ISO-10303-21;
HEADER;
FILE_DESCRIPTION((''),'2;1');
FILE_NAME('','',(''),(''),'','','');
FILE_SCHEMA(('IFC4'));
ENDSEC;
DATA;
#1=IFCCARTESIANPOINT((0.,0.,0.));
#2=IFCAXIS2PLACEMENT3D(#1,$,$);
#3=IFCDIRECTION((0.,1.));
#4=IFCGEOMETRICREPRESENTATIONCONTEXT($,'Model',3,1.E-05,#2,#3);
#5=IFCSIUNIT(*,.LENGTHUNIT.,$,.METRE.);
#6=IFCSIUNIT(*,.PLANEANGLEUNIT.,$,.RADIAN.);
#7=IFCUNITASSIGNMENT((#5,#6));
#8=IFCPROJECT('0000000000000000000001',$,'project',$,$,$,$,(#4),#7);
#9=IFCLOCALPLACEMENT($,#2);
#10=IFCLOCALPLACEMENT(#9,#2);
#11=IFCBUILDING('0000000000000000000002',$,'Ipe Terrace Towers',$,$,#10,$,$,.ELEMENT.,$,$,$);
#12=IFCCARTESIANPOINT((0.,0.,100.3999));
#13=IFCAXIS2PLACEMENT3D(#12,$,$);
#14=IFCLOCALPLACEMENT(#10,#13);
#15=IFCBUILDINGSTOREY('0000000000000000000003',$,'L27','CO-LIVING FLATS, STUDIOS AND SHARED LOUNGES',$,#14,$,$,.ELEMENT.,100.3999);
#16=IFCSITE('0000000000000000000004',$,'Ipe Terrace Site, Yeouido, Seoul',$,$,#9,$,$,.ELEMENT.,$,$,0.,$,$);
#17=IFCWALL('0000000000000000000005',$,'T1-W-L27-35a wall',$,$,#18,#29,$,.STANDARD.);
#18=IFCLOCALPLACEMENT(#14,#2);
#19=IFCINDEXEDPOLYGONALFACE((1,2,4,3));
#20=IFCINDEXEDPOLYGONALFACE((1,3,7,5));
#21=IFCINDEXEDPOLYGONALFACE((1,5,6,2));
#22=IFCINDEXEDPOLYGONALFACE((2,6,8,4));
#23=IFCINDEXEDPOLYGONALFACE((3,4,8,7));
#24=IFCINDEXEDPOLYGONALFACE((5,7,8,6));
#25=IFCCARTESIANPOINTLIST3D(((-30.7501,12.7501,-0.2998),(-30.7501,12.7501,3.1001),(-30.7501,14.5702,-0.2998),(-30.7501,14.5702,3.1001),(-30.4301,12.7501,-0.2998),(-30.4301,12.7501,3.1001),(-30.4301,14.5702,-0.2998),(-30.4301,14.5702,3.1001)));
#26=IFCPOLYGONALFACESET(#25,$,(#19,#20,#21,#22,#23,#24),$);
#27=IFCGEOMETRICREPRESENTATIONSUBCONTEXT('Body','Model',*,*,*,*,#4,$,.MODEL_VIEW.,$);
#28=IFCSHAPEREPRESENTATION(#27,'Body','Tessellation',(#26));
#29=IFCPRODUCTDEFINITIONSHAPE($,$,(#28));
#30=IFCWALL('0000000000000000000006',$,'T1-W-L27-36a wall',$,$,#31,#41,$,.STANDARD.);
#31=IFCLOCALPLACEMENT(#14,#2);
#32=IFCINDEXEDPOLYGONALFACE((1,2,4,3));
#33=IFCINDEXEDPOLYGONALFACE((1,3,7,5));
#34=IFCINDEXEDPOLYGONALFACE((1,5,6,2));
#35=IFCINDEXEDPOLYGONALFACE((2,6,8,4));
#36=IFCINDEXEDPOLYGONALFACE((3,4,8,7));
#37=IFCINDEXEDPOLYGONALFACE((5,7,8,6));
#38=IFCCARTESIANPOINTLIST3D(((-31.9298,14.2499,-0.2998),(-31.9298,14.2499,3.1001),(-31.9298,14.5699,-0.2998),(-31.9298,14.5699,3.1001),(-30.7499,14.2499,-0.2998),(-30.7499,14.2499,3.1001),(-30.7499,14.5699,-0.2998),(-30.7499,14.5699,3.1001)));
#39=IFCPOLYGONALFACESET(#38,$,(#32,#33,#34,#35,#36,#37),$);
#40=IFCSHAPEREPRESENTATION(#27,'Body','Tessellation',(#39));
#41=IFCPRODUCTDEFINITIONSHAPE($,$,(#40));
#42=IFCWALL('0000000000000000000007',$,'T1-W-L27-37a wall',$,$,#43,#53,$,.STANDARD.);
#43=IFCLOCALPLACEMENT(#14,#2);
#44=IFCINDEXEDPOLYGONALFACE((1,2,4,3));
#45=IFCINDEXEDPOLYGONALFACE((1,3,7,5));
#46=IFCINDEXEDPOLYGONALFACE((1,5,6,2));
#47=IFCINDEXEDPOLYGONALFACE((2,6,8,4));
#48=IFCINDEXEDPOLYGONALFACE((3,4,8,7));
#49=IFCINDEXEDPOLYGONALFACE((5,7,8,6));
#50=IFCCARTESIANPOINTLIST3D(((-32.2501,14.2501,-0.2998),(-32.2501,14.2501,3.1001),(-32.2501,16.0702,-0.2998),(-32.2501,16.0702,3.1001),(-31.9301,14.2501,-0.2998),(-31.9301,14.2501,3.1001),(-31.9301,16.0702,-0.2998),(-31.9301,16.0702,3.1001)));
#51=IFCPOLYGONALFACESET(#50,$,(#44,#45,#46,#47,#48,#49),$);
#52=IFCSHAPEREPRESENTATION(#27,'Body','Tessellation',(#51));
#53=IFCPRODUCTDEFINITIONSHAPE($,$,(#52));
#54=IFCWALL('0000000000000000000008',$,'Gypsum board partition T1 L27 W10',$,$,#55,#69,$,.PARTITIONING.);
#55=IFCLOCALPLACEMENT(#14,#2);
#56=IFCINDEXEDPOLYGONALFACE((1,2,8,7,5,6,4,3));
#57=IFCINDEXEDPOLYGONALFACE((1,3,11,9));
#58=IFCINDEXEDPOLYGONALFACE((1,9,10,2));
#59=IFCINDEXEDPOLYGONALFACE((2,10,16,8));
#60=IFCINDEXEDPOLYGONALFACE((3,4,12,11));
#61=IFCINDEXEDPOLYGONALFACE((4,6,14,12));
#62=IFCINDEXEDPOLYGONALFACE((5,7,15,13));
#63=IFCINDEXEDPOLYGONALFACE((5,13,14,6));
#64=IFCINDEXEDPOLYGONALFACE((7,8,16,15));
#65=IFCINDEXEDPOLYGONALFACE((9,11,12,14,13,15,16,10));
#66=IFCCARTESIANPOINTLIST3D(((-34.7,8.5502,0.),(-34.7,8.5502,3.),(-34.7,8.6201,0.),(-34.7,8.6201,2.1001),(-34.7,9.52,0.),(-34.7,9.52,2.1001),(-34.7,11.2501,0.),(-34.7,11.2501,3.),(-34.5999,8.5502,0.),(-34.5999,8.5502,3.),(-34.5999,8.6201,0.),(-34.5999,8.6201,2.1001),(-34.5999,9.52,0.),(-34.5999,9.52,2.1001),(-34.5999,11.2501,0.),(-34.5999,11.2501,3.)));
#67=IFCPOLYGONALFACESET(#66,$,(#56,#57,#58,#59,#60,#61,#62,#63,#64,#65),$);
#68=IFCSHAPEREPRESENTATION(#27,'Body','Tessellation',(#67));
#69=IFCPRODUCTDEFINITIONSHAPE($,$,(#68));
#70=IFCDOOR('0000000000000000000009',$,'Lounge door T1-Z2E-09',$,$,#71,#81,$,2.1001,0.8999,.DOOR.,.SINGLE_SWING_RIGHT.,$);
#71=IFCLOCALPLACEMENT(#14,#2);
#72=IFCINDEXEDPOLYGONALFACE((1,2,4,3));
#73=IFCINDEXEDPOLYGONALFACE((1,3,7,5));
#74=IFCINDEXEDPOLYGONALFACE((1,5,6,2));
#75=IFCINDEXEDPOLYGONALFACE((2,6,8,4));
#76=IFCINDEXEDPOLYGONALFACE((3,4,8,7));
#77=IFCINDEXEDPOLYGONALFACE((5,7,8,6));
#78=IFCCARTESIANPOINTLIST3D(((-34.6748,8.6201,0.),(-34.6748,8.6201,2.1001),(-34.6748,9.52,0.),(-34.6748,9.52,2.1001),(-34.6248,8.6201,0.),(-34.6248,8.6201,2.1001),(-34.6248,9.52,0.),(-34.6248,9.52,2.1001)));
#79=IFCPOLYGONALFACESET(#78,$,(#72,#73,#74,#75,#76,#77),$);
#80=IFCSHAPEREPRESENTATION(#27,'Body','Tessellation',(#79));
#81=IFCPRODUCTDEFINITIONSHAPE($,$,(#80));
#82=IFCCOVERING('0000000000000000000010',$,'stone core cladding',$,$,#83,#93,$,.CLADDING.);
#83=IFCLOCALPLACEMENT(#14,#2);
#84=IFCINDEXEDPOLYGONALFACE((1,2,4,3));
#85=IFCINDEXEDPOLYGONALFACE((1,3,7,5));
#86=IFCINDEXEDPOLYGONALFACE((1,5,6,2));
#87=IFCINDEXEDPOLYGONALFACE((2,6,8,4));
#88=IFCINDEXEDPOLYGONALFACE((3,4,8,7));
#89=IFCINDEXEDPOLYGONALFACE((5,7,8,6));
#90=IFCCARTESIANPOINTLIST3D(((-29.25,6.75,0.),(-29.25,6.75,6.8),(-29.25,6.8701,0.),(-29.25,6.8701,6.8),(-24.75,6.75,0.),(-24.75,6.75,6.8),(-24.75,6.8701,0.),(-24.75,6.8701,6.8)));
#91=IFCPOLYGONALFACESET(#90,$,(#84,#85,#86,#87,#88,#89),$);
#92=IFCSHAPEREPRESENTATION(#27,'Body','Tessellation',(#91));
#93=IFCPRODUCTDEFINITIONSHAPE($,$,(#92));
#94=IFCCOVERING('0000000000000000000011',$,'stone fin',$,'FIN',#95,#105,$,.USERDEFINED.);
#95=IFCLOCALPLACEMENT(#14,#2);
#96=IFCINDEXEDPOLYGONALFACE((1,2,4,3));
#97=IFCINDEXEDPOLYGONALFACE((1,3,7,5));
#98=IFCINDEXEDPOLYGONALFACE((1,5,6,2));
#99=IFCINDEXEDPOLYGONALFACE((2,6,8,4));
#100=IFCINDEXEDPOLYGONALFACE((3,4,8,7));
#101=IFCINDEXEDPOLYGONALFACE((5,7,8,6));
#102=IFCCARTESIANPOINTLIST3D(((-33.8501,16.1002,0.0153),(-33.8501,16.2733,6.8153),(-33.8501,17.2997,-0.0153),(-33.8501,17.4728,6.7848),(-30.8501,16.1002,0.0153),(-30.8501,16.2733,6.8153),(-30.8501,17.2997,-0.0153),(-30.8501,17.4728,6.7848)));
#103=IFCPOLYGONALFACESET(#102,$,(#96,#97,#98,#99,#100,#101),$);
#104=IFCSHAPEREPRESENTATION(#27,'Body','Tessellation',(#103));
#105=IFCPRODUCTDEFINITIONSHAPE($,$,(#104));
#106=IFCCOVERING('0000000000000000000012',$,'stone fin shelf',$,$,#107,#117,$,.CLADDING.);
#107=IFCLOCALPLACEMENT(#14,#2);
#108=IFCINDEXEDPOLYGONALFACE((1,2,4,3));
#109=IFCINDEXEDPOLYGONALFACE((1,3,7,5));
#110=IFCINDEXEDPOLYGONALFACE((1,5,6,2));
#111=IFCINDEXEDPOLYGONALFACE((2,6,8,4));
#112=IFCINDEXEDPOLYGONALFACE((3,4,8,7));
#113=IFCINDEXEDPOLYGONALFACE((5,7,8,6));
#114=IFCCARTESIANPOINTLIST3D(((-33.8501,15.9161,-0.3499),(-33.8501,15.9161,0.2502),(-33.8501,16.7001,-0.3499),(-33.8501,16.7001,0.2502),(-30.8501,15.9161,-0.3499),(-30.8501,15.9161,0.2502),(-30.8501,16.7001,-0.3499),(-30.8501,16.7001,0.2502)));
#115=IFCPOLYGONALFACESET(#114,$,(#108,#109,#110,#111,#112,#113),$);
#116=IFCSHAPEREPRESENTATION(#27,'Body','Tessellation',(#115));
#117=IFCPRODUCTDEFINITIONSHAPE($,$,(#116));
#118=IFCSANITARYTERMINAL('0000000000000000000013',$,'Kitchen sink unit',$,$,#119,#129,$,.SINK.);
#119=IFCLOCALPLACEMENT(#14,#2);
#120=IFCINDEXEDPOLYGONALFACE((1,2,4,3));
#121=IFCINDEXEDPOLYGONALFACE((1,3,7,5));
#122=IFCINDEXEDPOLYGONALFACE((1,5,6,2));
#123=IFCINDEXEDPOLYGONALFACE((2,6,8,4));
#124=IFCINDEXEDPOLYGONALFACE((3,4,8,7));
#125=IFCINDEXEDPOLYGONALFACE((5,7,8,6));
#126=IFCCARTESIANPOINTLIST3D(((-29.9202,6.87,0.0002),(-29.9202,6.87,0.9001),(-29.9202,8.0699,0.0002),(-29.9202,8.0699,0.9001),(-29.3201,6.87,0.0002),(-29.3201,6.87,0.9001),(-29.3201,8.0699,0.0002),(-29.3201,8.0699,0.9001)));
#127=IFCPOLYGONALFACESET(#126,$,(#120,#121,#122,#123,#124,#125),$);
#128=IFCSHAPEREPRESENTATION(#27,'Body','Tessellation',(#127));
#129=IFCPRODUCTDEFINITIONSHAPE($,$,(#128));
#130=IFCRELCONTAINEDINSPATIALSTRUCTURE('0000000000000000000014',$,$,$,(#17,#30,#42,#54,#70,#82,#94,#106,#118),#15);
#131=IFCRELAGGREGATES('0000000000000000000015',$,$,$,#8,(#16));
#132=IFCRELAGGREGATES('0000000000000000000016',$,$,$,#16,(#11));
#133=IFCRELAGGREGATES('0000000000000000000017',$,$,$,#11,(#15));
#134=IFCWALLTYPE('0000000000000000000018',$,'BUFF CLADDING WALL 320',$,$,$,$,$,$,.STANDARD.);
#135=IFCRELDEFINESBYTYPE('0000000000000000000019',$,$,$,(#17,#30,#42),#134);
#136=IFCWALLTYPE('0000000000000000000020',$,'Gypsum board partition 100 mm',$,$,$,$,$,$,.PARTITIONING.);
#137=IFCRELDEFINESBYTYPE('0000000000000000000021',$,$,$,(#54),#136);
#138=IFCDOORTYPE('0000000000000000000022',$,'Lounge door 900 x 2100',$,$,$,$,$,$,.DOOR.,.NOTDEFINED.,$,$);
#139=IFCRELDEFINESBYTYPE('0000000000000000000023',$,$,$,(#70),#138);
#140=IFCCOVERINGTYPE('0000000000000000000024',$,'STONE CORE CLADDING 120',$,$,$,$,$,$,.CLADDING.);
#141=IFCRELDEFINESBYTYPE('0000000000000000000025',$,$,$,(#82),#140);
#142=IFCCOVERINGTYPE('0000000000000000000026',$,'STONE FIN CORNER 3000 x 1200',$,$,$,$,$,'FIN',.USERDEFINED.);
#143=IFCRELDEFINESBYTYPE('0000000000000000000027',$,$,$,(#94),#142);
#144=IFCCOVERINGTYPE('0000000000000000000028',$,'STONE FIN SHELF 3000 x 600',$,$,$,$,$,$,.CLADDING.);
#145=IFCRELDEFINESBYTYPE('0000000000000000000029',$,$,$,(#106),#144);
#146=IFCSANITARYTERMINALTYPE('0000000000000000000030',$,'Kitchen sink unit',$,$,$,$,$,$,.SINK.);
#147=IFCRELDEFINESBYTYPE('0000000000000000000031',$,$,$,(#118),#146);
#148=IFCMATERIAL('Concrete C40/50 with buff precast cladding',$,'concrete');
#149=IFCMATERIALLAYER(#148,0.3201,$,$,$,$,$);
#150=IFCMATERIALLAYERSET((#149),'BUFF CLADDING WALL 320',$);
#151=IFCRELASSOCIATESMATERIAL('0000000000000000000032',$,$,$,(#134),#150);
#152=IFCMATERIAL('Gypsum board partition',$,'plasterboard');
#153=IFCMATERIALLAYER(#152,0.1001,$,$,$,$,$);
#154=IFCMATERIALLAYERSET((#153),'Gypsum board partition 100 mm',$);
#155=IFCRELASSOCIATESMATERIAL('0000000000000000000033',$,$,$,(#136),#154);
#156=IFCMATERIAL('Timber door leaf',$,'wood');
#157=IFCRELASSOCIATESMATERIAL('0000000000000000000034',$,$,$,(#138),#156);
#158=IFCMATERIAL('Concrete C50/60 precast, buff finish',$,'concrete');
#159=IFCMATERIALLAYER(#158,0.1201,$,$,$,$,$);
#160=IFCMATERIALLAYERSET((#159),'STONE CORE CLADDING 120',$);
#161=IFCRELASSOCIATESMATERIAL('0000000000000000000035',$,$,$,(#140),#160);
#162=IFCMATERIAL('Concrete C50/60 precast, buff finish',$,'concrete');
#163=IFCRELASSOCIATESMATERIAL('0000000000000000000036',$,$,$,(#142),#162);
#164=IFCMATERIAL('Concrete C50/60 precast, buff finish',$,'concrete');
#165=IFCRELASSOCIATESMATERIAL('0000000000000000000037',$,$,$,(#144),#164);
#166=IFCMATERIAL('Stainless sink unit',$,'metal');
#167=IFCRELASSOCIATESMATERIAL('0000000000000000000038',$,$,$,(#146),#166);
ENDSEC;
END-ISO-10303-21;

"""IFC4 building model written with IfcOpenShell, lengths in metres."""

from ifc_helpers import new_model, si_unit, direction, frame, frame_2d, origin, origin_2d, place, context, subcontext, project, spatial, rectangle, extrude, material, layer, layer_set, material_profile, profile_set, type_object, element, fill, save


model = new_model("IFC4")

# Units and contexts
model_context = context("Model", 3, precision=1e-05, world=origin(), true_north=direction((0.0, 1.0)))
body_context = subcontext(model_context, "Body", "Model", "MODEL_VIEW")
ifc_project = project(units=[si_unit("LENGTHUNIT", "METRE"), si_unit("PLANEANGLEUNIT", "RADIAN")], contexts=[model_context])

# Site, building, storey
site_placement = place(None, origin())
site = spatial("IfcSite", under=ifc_project, at=site_placement, Name="Ipe Terrace Site, Yeouido, Seoul", CompositionType="ELEMENT", RefElevation=0.0)
building_placement = place(site_placement, origin())
building = spatial("IfcBuilding", under=site, at=building_placement, Name="Ipe Terrace Towers", CompositionType="ELEMENT")
storey_placement = place(building_placement, frame((0.0, 0.0, 100.3999)))
storey = spatial("IfcBuildingStorey", under=building, at=storey_placement, Name="L27", Description="CO-LIVING FLATS, STUDIOS AND SHARED LOUNGES", CompositionType="ELEMENT", Elevation=100.3999)

# Walls
ifc_material_1 = material(Name="Concrete C40/50 with buff precast cladding", Category="concrete")
ifc_layer_1 = layer(ifc_material_1, 0.3201)
ifc_layer_set_1 = layer_set([ifc_layer_1], Name="BUFF CLADDING WALL 320")
wall_type_1 = type_object("IfcWallType", Name="BUFF CLADDING WALL 320", PredefinedType="STANDARD", material=ifc_layer_set_1)
wall_1_placement = place(storey_placement, frame((-30.5901, 12.75, -0.2998), z_axis=(0.0, 0.0, 1.0), x_axis=(0.0, 1.0, 0.0)))
element("IfcWall", 1, at=wall_1_placement, inside=storey, type_object=wall_type_1, Name="T1-W-L27-35a wall", PredefinedType="STANDARD", context=body_context, shape_type="SweptSolid", body=[
    extrude(rectangle(XDim=1.8201, YDim=0.3201, at=frame_2d((0.9102, 0.0))), origin(), (0.0, 0.0, 1.0), 3.3999),
])
wall_2_placement = place(storey_placement, frame((-30.75, 14.4099, -0.2998), z_axis=(0.0, 0.0, 1.0), x_axis=(-1.0, 0.0, 0.0)))
element("IfcWall", 2, at=wall_2_placement, inside=storey, type_object=wall_type_1, Name="T1-W-L27-36a wall", PredefinedType="STANDARD", context=body_context, shape_type="SweptSolid", body=[
    extrude(rectangle(XDim=1.1799, YDim=0.3201, at=frame_2d((0.5898, 0.0))), origin(), (0.0, 0.0, 1.0), 3.3999),
])
wall_3_placement = place(storey_placement, frame((-32.0901, 14.25, -0.2998), z_axis=(0.0, 0.0, 1.0), x_axis=(0.0, 1.0, 0.0)))
element("IfcWall", 3, at=wall_3_placement, inside=storey, type_object=wall_type_1, Name="T1-W-L27-37a wall", PredefinedType="STANDARD", context=body_context, shape_type="SweptSolid", body=[
    extrude(rectangle(XDim=1.8201, YDim=0.3201, at=frame_2d((0.9102, 0.0))), origin(), (0.0, 0.0, 1.0), 3.3999),
])

# Wall, opening, door
ifc_material_2 = material(Name="Gypsum board partition", Category="plasterboard")
ifc_layer_2 = layer(ifc_material_2, 0.1001)
ifc_layer_set_2 = layer_set([ifc_layer_2], Name="Gypsum board partition 100 mm")
wall_type_2 = type_object("IfcWallType", Name="Gypsum board partition 100 mm", PredefinedType="PARTITIONING", material=ifc_layer_set_2)
wall_4_placement = place(storey_placement, frame((-34.6499, 8.55, 0.0), z_axis=(0.0, 0.0, 1.0), x_axis=(0.0, 1.0, 0.0)))
wall_4 = element("IfcWall", 4, at=wall_4_placement, inside=storey, type_object=wall_type_2, Name="Gypsum board partition T1 L27 W10", PredefinedType="PARTITIONING", context=body_context, shape_type="SweptSolid", body=[
    extrude(rectangle(XDim=2.7, YDim=0.1001, at=frame_2d((1.3501, 0.0))), origin(), (0.0, 0.0, 1.0), 3.0),
])
opening_placement = place(wall_4_placement, frame((0.0701, 0.0, 0.0)))
opening = element("IfcOpeningElement", 5, at=opening_placement, cuts=wall_4, PredefinedType="OPENING", context=body_context, shape_type="SweptSolid", body=[
    extrude(rectangle(XDim=0.8999, YDim=2.1001, at=frame_2d((0.45, 1.05))), frame((0.0, 0.0601, 0.0), z_axis=(0.0, -1.0, 0.0), x_axis=(1.0, 0.0, 0.0)), (0.0, 0.0, 1.0), 0.1201),
])
ifc_material_3 = material(Name="Timber door leaf", Category="wood")
door_type = type_object("IfcDoorType", Name="Lounge door 900 x 2100", OperationType="NOTDEFINED", PredefinedType="DOOR", material=ifc_material_3)
door_placement = place(opening_placement, origin())
door = element("IfcDoor", 6, at=door_placement, inside=storey, type_object=door_type, Name="Lounge door T1-Z2E-09", OperationType="SINGLE_SWING_RIGHT", OverallHeight=2.1001, OverallWidth=0.8999, PredefinedType="DOOR", context=body_context, shape_type="SweptSolid", body=[
    extrude(rectangle(XDim=0.8999, YDim=2.1001, at=frame_2d((0.45, 1.05))), frame((0.0, 0.0249, 0.0), z_axis=(0.0, -1.0, 0.0), x_axis=(1.0, 0.0, 0.0)), (0.0, 0.0, 1.0), 0.05),
])
fill(opening, door)

# Coverings
ifc_material_4 = material(Name="Concrete C50/60 precast, buff finish", Category="concrete")
ifc_layer_3 = layer(ifc_material_4, 0.1201)
ifc_layer_set_3 = layer_set([ifc_layer_3], Name="STONE CORE CLADDING 120")
covering_type_1 = type_object("IfcCoveringType", Name="STONE CORE CLADDING 120", PredefinedType="CLADDING", material=ifc_layer_set_3)
covering_1_placement = place(storey_placement, frame((-27.0, 6.8101, 0.0), z_axis=(0.0, 0.0, 1.0), x_axis=(-1.0, 0.0, 0.0)))
element("IfcCovering", 7, at=covering_1_placement, inside=storey, type_object=covering_type_1, Name="stone core cladding", PredefinedType="CLADDING", context=body_context, shape_type="SweptSolid", body=[
    extrude(rectangle(XDim=4.5, YDim=0.1201, at=origin_2d()), origin(), (0.0, 0.0, 1.0), 6.8),
])
ifc_material_5 = material(Name="Concrete C50/60 precast, buff finish", Category="concrete")
ifc_material_profile_1 = material_profile(ifc_material_5, rectangle(XDim=3.0, YDim=1.2, at=origin_2d()), Name="STONE FIN CORNER 3000 x 1200")
ifc_profile_set_1 = profile_set([ifc_material_profile_1], Name="Concrete C50/60 precast, buff finish")
covering_type_2 = type_object("IfcCoveringType", Name="STONE FIN CORNER 3000 x 1200", ElementType="FIN", PredefinedType="USERDEFINED", material=ifc_profile_set_1)
covering_2_placement = place(storey_placement, frame((-32.3501, 16.7, 0.0), z_axis=(0.0, 0.025447, 0.999676), x_axis=(-1.0, 0.0, 0.0)))
element("IfcCovering", 8, at=covering_2_placement, inside=storey, type_object=covering_type_2, Name="stone fin", ObjectType="FIN", PredefinedType="USERDEFINED", context=body_context, shape_type="SweptSolid", body=[
    extrude(rectangle(XDim=3.0, YDim=1.2, at=origin_2d()), origin(), (0.0, 0.0, 1.0), 6.8022),
])
ifc_material_6 = material(Name="Concrete C50/60 precast, buff finish", Category="concrete")
covering_type_3 = type_object("IfcCoveringType", Name="STONE FIN SHELF 3000 x 600", PredefinedType="CLADDING", material=ifc_material_6)
covering_3_placement = place(storey_placement, frame((-32.3501, 16.3081, -0.3499), z_axis=(0.0, 0.0, 1.0), x_axis=(-1.0, 0.0, 0.0)))
element("IfcCovering", 9, at=covering_3_placement, inside=storey, type_object=covering_type_3, Name="stone fin shelf", PredefinedType="CLADDING", context=body_context, shape_type="SweptSolid", body=[
    extrude(rectangle(XDim=3.0, YDim=0.7839, at=origin_2d()), origin(), (0.0, 0.0, 1.0), 0.6001),
])

# Sanitary terminal
ifc_material_7 = material(Name="Stainless sink unit", Category="metal")
sanitary_terminal_type = type_object("IfcSanitaryTerminalType", Name="Kitchen sink unit", PredefinedType="SINK", material=ifc_material_7)
sanitary_terminal_placement = place(storey_placement, frame((-29.6201, 7.47, 0.0002), z_axis=(0.0, 0.0, 1.0), x_axis=(0.0, -1.0, 0.0)))
element("IfcSanitaryTerminal", 10, at=sanitary_terminal_placement, inside=storey, type_object=sanitary_terminal_type, Name="Kitchen sink unit", PredefinedType="SINK", context=body_context, shape_type="SweptSolid", body=[
    extrude(rectangle(XDim=1.2, YDim=0.6001, at=origin_2d()), origin(), (0.0, 0.0, 1.0), 0.8999),
])

save(model, "model.ifc")
